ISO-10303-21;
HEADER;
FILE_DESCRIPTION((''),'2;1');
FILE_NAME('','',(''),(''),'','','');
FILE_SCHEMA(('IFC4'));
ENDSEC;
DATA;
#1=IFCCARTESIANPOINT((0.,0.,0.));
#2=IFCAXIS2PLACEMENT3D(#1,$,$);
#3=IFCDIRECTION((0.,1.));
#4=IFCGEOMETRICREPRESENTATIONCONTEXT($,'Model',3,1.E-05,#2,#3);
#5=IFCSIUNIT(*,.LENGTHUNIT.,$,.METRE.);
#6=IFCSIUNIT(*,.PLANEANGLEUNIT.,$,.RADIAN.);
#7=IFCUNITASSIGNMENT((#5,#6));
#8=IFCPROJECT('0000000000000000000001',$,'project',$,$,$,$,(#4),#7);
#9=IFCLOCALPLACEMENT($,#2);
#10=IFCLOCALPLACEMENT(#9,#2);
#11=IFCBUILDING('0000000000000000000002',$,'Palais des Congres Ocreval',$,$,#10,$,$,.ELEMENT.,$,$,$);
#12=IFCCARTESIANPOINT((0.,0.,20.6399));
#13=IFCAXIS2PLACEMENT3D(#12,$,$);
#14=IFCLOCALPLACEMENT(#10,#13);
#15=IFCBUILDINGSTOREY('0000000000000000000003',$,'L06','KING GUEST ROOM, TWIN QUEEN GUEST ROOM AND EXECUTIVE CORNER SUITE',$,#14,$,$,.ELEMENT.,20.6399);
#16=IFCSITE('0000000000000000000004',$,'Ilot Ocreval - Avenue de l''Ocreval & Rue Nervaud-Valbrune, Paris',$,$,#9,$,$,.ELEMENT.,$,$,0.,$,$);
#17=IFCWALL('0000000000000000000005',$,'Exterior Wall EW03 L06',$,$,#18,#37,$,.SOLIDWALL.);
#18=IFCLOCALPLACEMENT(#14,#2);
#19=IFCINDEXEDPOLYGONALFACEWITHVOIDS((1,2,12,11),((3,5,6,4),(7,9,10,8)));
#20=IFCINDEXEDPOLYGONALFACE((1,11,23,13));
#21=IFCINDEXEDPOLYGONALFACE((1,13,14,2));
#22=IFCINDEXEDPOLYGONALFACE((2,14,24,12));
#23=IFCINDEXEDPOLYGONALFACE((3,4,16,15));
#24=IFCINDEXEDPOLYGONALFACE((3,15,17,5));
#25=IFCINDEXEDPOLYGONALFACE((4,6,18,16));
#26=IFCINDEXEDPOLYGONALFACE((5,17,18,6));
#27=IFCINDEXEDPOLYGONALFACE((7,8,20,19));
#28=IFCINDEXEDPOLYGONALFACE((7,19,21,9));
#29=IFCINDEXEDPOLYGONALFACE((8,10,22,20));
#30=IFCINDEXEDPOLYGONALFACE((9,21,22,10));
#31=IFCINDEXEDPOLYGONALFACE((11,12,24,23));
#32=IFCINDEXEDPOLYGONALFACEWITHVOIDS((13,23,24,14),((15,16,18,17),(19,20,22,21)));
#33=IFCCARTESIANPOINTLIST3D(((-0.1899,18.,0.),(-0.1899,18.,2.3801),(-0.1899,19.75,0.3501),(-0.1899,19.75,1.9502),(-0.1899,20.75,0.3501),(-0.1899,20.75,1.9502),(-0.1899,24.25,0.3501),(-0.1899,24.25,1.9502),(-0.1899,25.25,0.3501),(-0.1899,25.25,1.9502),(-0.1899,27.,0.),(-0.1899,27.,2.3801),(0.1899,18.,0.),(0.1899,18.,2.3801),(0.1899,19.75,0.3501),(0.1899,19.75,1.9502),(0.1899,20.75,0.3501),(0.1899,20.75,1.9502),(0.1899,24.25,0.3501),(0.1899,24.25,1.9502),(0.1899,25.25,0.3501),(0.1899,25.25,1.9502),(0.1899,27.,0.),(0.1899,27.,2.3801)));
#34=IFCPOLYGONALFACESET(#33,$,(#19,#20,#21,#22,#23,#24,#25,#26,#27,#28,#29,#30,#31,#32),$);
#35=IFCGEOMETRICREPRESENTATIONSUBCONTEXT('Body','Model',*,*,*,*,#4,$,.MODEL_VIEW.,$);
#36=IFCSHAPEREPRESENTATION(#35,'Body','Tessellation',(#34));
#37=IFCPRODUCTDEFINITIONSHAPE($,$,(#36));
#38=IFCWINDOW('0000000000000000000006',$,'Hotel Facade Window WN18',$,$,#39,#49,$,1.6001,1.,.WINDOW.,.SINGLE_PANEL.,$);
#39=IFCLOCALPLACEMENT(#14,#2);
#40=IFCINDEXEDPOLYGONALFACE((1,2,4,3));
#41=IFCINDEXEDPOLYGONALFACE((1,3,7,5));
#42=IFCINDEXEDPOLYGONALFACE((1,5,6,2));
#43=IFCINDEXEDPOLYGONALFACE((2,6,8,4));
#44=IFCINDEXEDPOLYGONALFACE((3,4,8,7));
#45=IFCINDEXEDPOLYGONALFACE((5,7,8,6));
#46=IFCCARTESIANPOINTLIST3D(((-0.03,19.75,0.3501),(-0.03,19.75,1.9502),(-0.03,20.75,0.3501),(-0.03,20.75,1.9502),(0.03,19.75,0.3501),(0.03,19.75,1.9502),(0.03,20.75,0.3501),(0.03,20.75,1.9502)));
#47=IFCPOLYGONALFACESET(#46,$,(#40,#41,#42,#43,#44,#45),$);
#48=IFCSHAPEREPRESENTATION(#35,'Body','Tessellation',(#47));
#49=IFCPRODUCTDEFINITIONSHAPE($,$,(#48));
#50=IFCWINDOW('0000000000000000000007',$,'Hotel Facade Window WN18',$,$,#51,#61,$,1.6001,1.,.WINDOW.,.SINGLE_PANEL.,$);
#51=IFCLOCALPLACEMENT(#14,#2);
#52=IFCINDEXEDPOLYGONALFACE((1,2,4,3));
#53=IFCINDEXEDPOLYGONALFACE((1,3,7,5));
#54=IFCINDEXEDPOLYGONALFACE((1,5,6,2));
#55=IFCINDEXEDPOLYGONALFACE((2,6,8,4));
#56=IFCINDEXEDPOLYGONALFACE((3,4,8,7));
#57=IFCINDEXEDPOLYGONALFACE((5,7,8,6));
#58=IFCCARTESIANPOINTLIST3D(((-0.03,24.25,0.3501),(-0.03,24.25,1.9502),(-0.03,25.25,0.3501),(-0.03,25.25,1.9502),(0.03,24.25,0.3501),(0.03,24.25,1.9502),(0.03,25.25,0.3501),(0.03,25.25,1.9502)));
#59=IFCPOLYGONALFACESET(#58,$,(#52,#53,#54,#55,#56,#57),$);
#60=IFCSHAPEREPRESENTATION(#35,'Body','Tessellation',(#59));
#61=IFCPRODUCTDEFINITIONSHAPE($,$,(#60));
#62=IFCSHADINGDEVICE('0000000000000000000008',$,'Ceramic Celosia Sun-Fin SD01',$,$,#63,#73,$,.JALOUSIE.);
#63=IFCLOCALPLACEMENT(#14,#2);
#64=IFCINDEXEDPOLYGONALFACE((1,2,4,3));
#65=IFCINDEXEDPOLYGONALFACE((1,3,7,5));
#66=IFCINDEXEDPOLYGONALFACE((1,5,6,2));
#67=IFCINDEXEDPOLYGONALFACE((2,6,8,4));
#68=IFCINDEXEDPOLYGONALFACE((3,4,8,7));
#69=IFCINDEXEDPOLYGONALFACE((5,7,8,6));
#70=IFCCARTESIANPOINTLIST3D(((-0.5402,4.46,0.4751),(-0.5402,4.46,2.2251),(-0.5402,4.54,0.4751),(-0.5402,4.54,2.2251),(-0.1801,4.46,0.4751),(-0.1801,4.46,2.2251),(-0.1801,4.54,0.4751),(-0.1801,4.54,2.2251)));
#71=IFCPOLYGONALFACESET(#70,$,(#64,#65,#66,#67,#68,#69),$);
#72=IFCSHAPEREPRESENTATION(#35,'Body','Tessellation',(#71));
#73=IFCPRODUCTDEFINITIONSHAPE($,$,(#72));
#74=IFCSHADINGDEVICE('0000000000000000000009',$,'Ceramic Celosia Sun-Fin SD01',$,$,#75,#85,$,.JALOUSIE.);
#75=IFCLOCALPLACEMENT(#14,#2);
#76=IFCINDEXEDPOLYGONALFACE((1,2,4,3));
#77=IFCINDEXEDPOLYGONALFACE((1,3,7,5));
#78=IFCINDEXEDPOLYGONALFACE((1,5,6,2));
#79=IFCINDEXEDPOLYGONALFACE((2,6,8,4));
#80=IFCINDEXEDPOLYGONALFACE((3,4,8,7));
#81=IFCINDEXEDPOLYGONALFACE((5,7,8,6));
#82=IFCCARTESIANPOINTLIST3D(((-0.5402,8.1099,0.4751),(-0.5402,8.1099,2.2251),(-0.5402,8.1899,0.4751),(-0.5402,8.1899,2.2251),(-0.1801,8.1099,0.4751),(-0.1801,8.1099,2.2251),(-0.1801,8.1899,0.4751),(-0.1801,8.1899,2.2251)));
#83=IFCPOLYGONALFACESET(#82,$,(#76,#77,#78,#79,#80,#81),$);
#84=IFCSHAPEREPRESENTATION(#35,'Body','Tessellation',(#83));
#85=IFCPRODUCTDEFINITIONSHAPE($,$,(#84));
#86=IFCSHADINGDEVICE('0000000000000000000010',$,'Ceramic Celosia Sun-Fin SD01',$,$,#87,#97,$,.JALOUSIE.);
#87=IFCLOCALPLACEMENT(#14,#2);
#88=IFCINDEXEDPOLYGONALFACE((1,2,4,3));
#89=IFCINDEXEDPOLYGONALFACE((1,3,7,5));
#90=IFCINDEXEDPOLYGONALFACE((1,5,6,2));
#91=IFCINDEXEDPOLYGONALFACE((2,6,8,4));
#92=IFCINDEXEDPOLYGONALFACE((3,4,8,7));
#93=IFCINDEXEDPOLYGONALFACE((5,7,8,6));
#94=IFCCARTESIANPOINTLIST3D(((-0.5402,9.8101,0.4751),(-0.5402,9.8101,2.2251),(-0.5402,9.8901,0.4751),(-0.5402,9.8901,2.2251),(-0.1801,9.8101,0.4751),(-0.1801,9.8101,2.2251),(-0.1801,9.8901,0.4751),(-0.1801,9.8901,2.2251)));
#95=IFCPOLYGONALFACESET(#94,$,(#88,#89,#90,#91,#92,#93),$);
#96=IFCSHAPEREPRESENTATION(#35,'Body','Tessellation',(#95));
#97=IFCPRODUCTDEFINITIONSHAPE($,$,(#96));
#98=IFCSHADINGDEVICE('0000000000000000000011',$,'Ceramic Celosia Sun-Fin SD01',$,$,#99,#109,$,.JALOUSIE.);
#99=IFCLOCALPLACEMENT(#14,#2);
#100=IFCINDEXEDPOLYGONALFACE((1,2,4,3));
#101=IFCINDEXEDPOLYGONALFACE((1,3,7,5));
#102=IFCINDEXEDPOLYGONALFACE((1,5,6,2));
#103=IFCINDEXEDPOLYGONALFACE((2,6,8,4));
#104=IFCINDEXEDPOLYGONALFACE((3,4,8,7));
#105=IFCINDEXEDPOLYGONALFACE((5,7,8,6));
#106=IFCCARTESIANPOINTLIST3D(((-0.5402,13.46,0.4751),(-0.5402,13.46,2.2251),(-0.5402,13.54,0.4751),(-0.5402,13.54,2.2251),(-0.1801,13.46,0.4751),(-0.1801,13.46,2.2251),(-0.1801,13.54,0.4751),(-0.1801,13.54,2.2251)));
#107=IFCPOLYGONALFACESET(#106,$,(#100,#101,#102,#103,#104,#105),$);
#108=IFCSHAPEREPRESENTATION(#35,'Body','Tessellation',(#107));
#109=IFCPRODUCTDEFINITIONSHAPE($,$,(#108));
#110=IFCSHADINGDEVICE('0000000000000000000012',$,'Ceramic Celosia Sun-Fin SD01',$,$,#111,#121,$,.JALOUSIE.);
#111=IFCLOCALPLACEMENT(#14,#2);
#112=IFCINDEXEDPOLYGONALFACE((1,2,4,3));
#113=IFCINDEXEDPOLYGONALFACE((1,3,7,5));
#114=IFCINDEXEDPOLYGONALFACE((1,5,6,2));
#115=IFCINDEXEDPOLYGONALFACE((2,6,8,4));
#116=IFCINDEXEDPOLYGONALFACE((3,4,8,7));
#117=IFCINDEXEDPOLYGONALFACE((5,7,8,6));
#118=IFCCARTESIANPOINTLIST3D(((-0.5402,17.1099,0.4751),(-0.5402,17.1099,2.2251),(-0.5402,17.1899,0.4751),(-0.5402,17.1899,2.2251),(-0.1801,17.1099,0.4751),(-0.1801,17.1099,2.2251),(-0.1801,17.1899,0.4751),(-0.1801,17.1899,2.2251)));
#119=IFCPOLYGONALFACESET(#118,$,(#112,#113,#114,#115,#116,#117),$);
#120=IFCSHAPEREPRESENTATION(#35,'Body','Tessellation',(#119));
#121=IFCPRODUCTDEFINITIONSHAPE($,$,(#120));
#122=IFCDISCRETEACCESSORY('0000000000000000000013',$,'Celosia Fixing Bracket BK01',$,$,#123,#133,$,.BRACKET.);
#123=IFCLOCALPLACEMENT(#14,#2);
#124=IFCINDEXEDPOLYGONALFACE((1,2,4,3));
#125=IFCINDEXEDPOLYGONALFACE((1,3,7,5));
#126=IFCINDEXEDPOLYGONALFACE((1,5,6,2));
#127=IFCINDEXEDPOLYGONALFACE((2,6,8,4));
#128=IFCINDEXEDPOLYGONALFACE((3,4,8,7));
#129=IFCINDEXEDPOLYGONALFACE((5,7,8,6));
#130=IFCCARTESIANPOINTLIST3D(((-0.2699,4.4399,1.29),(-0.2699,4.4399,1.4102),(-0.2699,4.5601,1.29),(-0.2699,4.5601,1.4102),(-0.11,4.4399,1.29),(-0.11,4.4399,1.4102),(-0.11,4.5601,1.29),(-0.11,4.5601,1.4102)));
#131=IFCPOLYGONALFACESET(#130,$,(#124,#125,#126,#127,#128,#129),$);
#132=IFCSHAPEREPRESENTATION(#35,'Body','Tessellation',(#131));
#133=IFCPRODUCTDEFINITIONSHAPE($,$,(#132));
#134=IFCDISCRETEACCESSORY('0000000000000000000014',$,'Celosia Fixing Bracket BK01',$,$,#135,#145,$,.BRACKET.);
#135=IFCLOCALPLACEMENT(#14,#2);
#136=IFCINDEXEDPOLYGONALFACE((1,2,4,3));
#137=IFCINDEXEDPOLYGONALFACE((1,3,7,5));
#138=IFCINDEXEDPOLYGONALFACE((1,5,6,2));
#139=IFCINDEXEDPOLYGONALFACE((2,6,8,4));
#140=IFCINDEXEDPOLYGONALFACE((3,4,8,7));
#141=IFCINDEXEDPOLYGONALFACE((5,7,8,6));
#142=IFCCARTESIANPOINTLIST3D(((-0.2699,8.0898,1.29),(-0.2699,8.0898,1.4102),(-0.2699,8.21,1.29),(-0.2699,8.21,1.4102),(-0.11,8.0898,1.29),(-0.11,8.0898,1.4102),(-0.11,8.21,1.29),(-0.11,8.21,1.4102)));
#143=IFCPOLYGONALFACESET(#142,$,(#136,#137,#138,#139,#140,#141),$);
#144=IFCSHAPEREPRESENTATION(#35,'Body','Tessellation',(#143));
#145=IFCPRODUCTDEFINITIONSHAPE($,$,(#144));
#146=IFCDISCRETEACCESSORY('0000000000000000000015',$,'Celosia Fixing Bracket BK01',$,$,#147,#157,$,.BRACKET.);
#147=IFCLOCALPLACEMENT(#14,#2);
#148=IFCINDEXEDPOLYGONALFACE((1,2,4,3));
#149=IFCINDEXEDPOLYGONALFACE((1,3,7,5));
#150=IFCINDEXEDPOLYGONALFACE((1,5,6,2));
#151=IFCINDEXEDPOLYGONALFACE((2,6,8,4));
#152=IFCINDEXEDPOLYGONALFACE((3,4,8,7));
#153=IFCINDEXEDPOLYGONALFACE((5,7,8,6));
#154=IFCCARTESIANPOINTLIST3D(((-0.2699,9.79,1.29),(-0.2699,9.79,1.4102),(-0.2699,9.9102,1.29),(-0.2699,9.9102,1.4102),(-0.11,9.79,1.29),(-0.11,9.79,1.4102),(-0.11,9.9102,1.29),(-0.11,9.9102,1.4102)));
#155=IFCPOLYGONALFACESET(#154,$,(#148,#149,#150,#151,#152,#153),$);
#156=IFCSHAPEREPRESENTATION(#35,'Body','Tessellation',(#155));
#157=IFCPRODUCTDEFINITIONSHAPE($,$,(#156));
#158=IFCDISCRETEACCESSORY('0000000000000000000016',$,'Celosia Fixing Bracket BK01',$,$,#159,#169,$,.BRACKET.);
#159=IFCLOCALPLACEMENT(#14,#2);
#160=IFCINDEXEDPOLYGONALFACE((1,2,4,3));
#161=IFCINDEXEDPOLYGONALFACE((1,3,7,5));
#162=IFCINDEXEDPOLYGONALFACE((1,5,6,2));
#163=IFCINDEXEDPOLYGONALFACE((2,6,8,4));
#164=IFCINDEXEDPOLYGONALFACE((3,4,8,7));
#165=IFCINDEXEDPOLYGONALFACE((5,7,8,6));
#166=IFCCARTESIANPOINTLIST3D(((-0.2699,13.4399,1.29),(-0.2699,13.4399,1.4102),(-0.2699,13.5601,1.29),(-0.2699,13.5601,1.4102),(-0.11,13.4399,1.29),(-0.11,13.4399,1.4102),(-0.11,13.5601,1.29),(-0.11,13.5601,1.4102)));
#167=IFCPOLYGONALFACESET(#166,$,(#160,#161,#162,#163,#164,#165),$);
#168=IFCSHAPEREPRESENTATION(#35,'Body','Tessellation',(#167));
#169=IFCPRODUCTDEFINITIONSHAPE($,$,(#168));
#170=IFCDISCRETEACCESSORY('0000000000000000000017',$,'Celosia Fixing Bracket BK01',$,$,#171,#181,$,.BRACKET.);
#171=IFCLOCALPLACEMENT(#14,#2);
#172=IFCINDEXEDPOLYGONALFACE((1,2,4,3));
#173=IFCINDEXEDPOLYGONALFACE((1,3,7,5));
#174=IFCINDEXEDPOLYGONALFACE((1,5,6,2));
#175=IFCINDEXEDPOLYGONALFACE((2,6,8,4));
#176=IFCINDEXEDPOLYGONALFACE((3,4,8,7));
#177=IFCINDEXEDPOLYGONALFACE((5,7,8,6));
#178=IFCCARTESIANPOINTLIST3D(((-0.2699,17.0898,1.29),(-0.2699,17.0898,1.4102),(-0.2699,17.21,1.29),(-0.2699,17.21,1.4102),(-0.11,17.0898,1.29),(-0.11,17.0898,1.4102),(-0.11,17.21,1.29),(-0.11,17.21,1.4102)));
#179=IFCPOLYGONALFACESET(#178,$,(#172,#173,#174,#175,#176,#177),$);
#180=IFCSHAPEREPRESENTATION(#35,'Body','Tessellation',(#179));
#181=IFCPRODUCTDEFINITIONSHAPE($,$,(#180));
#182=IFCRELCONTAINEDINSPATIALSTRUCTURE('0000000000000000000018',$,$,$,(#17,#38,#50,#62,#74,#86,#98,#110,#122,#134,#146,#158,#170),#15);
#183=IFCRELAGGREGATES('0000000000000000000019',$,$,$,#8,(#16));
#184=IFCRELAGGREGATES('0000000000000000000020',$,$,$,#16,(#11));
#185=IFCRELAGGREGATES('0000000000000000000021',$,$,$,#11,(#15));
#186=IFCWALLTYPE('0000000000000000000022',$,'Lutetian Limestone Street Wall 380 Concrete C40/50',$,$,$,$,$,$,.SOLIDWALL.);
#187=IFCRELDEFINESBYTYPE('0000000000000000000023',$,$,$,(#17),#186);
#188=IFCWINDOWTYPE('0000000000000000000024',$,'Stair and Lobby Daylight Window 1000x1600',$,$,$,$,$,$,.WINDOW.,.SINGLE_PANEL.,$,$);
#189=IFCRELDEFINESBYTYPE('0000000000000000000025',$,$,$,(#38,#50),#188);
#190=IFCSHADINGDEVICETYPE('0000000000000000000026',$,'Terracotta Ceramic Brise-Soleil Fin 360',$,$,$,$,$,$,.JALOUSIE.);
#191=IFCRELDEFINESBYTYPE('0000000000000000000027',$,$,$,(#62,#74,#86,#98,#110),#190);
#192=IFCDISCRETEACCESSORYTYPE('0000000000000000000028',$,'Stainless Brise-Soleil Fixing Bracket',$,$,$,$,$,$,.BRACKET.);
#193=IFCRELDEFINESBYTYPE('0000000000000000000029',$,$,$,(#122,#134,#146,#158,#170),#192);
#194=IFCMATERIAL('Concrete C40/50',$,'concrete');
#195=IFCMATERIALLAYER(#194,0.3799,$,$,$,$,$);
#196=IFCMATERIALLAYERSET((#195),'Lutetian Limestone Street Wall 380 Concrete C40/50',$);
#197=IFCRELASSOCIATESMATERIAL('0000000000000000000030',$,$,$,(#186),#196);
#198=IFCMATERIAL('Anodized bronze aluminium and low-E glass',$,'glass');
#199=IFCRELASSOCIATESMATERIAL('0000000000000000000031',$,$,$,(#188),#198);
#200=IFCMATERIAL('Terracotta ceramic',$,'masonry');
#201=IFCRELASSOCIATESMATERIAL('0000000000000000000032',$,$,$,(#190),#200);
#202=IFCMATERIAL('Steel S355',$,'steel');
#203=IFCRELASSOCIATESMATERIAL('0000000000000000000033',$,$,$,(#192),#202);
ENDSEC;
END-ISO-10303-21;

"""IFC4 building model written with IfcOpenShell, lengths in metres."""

from ifc_helpers import new_model, si_unit, direction, frame, frame_2d, origin, origin_2d, place, context, subcontext, project, spatial, rectangle, extrude, material, layer, layer_set, type_object, element, fill, save


model = new_model("IFC4")

# Units and contexts
model_context = context("Model", 3, precision=1e-05, world=origin(), true_north=direction((0.0, 1.0)))
body_context = subcontext(model_context, "Body", "Model", "MODEL_VIEW")
ifc_project = project(units=[si_unit("LENGTHUNIT", "METRE"), si_unit("PLANEANGLEUNIT", "RADIAN")], contexts=[model_context])

# Site, building, storey
site_placement = place(None, origin())
site = spatial("IfcSite", under=ifc_project, at=site_placement, Name="Ilot Ocreval - Avenue de l'Ocreval & Rue Nervaud-Valbrune, Paris", CompositionType="ELEMENT", RefElevation=0.0)
building_placement = place(site_placement, origin())
building = spatial("IfcBuilding", under=site, at=building_placement, Name="Palais des Congres Ocreval", CompositionType="ELEMENT")
storey_placement = place(building_placement, frame((0.0, 0.0, 20.6399)))
storey = spatial("IfcBuildingStorey", under=building, at=storey_placement, Name="L06", Description="KING GUEST ROOM, TWIN QUEEN GUEST ROOM AND EXECUTIVE CORNER SUITE", CompositionType="ELEMENT", Elevation=20.6399)

# Shared definitions
ifc_material_1 = material(Name="Steel S355", Category="steel")

# Wall, openings, windows
ifc_material_2 = material(Name="Concrete C40/50", Category="concrete")
ifc_layer = layer(ifc_material_2, 0.3799)
ifc_layer_set = layer_set([ifc_layer], Name="Lutetian Limestone Street Wall 380 Concrete C40/50")
wall_type = type_object("IfcWallType", Name="Lutetian Limestone Street Wall 380 Concrete C40/50", PredefinedType="SOLIDWALL", material=ifc_layer_set)
ifc_material_3 = material(Name="Anodized bronze aluminium and low-E glass", Category="glass")
window_type = type_object("IfcWindowType", Name="Stair and Lobby Daylight Window 1000x1600", PartitioningType="SINGLE_PANEL", PredefinedType="WINDOW", material=ifc_material_3)
wall_1_placement = place(storey_placement, frame((0.0, 18.0, 0.0), z_axis=(0.0, 0.0, 1.0), x_axis=(0.0, 1.0, 0.0)))
wall_1 = element("IfcWall", 1, at=wall_1_placement, inside=storey, type_object=wall_type, Name="Exterior Wall EW03 L06", PredefinedType="SOLIDWALL", context=body_context, shape_type="SweptSolid", body=[
    extrude(rectangle(XDim=9.0, YDim=0.3799, at=frame_2d((4.5, 0.0))), origin(), (0.0, 0.0, 1.0), 2.3801),
])
opening_1_placement = place(wall_1_placement, frame((1.75, 0.0, 0.3501)))
opening_1 = element("IfcOpeningElement", 2, at=opening_1_placement, cuts=wall_1, PredefinedType="OPENING", context=body_context, shape_type="SweptSolid", body=[
    extrude(rectangle(XDim=1.0, YDim=1.6001, at=frame_2d((0.5, 0.8))), frame((0.0, 0.2, 0.0), z_axis=(0.0, -1.0, 0.0), x_axis=(1.0, 0.0, 0.0)), (0.0, 0.0, 1.0), 0.3999),
])
opening_2_placement = place(wall_1_placement, frame((6.25, 0.0, 0.3501)))
opening_2 = element("IfcOpeningElement", 3, at=opening_2_placement, cuts=wall_1, PredefinedType="OPENING", context=body_context, shape_type="SweptSolid", body=[
    extrude(rectangle(XDim=1.0, YDim=1.6001, at=frame_2d((0.5, 0.8))), frame((0.0, 0.2, 0.0), z_axis=(0.0, -1.0, 0.0), x_axis=(1.0, 0.0, 0.0)), (0.0, 0.0, 1.0), 0.3999),
])
window_1_placement = place(opening_1_placement, origin())
window_1 = element("IfcWindow", 4, at=window_1_placement, inside=storey, type_object=window_type, Name="Hotel Facade Window WN18", OverallHeight=1.6001, OverallWidth=1.0, PartitioningType="SINGLE_PANEL", PredefinedType="WINDOW", context=body_context, shape_type="SweptSolid", body=[
    extrude(rectangle(XDim=1.0, YDim=1.6001, at=frame_2d((0.5, 0.8))), frame((0.0, 0.03, 0.0), z_axis=(0.0, -1.0, 0.0), x_axis=(1.0, 0.0, 0.0)), (0.0, 0.0, 1.0), 0.0601),
])
fill(opening_1, window_1)
window_2_placement = place(opening_2_placement, origin())
window_2 = element("IfcWindow", 5, at=window_2_placement, inside=storey, type_object=window_type, Name="Hotel Facade Window WN18", OverallHeight=1.6001, OverallWidth=1.0, PartitioningType="SINGLE_PANEL", PredefinedType="WINDOW", context=body_context, shape_type="SweptSolid", body=[
    extrude(rectangle(XDim=1.0, YDim=1.6001, at=frame_2d((0.5, 0.8))), frame((0.0, 0.03, 0.0), z_axis=(0.0, -1.0, 0.0), x_axis=(1.0, 0.0, 0.0)), (0.0, 0.0, 1.0), 0.0601),
])
fill(opening_2, window_2)

# Shading devices
ifc_material_4 = material(Name="Terracotta ceramic", Category="masonry")
shading_device_type = type_object("IfcShadingDeviceType", Name="Terracotta Ceramic Brise-Soleil Fin 360", PredefinedType="JALOUSIE", material=ifc_material_4)
for number, where, z_axis, x_axis, name in (
    (6, (-0.3601, 4.5, 0.4751), (0.0, 0.0, 1.0), (-1.0, 0.0, 0.0), "Ceramic Celosia Sun-Fin SD01"),
    (7, (-0.3601, 8.1499, 0.4751), (0.0, 0.0, 1.0), (-1.0, 0.0, 0.0), "Ceramic Celosia Sun-Fin SD01"),
    (8, (-0.3601, 9.8501, 0.4751), (0.0, 0.0, 1.0), (-1.0, 0.0, 0.0), "Ceramic Celosia Sun-Fin SD01"),
    (9, (-0.3601, 13.5, 0.4751), (0.0, 0.0, 1.0), (-1.0, 0.0, 0.0), "Ceramic Celosia Sun-Fin SD01"),
    (10, (-0.3601, 17.1499, 0.4751), (0.0, 0.0, 1.0), (-1.0, 0.0, 0.0), "Ceramic Celosia Sun-Fin SD01"),
):
    element("IfcShadingDevice", number, at=place(storey_placement, frame(where, z_axis=z_axis, x_axis=x_axis)), inside=storey, type_object=shading_device_type, Name=name, PredefinedType="JALOUSIE", context=body_context, shape_type="SweptSolid", body=[
        extrude(rectangle(XDim=0.3601, YDim=0.0801, at=origin_2d()), origin(), (0.0, 0.0, 1.0), 1.75),
    ])

# Discrete accessories
discrete_accessory_type = type_object("IfcDiscreteAccessoryType", Name="Stainless Brise-Soleil Fixing Bracket", PredefinedType="BRACKET", material=ifc_material_1)
for number, where, z_axis, x_axis, name in (
    (11, (-0.1899, 4.5, 1.29), (0.0, 0.0, 1.0), (-1.0, 0.0, 0.0), "Celosia Fixing Bracket BK01"),
    (12, (-0.1899, 8.1499, 1.29), (0.0, 0.0, 1.0), (-1.0, 0.0, 0.0), "Celosia Fixing Bracket BK01"),
    (13, (-0.1899, 9.8501, 1.29), (0.0, 0.0, 1.0), (-1.0, 0.0, 0.0), "Celosia Fixing Bracket BK01"),
    (14, (-0.1899, 13.5, 1.29), (0.0, 0.0, 1.0), (-1.0, 0.0, 0.0), "Celosia Fixing Bracket BK01"),
    (15, (-0.1899, 17.1499, 1.29), (0.0, 0.0, 1.0), (-1.0, 0.0, 0.0), "Celosia Fixing Bracket BK01"),
):
    element("IfcDiscreteAccessory", number, at=place(storey_placement, frame(where, z_axis=z_axis, x_axis=x_axis)), inside=storey, type_object=discrete_accessory_type, Name=name, PredefinedType="BRACKET", context=body_context, shape_type="SweptSolid", body=[
        extrude(rectangle(XDim=0.1599, YDim=0.1201, at=origin_2d()), origin(), (0.0, 0.0, 1.0), 0.1201),
    ])

save(model, "model.ifc")
